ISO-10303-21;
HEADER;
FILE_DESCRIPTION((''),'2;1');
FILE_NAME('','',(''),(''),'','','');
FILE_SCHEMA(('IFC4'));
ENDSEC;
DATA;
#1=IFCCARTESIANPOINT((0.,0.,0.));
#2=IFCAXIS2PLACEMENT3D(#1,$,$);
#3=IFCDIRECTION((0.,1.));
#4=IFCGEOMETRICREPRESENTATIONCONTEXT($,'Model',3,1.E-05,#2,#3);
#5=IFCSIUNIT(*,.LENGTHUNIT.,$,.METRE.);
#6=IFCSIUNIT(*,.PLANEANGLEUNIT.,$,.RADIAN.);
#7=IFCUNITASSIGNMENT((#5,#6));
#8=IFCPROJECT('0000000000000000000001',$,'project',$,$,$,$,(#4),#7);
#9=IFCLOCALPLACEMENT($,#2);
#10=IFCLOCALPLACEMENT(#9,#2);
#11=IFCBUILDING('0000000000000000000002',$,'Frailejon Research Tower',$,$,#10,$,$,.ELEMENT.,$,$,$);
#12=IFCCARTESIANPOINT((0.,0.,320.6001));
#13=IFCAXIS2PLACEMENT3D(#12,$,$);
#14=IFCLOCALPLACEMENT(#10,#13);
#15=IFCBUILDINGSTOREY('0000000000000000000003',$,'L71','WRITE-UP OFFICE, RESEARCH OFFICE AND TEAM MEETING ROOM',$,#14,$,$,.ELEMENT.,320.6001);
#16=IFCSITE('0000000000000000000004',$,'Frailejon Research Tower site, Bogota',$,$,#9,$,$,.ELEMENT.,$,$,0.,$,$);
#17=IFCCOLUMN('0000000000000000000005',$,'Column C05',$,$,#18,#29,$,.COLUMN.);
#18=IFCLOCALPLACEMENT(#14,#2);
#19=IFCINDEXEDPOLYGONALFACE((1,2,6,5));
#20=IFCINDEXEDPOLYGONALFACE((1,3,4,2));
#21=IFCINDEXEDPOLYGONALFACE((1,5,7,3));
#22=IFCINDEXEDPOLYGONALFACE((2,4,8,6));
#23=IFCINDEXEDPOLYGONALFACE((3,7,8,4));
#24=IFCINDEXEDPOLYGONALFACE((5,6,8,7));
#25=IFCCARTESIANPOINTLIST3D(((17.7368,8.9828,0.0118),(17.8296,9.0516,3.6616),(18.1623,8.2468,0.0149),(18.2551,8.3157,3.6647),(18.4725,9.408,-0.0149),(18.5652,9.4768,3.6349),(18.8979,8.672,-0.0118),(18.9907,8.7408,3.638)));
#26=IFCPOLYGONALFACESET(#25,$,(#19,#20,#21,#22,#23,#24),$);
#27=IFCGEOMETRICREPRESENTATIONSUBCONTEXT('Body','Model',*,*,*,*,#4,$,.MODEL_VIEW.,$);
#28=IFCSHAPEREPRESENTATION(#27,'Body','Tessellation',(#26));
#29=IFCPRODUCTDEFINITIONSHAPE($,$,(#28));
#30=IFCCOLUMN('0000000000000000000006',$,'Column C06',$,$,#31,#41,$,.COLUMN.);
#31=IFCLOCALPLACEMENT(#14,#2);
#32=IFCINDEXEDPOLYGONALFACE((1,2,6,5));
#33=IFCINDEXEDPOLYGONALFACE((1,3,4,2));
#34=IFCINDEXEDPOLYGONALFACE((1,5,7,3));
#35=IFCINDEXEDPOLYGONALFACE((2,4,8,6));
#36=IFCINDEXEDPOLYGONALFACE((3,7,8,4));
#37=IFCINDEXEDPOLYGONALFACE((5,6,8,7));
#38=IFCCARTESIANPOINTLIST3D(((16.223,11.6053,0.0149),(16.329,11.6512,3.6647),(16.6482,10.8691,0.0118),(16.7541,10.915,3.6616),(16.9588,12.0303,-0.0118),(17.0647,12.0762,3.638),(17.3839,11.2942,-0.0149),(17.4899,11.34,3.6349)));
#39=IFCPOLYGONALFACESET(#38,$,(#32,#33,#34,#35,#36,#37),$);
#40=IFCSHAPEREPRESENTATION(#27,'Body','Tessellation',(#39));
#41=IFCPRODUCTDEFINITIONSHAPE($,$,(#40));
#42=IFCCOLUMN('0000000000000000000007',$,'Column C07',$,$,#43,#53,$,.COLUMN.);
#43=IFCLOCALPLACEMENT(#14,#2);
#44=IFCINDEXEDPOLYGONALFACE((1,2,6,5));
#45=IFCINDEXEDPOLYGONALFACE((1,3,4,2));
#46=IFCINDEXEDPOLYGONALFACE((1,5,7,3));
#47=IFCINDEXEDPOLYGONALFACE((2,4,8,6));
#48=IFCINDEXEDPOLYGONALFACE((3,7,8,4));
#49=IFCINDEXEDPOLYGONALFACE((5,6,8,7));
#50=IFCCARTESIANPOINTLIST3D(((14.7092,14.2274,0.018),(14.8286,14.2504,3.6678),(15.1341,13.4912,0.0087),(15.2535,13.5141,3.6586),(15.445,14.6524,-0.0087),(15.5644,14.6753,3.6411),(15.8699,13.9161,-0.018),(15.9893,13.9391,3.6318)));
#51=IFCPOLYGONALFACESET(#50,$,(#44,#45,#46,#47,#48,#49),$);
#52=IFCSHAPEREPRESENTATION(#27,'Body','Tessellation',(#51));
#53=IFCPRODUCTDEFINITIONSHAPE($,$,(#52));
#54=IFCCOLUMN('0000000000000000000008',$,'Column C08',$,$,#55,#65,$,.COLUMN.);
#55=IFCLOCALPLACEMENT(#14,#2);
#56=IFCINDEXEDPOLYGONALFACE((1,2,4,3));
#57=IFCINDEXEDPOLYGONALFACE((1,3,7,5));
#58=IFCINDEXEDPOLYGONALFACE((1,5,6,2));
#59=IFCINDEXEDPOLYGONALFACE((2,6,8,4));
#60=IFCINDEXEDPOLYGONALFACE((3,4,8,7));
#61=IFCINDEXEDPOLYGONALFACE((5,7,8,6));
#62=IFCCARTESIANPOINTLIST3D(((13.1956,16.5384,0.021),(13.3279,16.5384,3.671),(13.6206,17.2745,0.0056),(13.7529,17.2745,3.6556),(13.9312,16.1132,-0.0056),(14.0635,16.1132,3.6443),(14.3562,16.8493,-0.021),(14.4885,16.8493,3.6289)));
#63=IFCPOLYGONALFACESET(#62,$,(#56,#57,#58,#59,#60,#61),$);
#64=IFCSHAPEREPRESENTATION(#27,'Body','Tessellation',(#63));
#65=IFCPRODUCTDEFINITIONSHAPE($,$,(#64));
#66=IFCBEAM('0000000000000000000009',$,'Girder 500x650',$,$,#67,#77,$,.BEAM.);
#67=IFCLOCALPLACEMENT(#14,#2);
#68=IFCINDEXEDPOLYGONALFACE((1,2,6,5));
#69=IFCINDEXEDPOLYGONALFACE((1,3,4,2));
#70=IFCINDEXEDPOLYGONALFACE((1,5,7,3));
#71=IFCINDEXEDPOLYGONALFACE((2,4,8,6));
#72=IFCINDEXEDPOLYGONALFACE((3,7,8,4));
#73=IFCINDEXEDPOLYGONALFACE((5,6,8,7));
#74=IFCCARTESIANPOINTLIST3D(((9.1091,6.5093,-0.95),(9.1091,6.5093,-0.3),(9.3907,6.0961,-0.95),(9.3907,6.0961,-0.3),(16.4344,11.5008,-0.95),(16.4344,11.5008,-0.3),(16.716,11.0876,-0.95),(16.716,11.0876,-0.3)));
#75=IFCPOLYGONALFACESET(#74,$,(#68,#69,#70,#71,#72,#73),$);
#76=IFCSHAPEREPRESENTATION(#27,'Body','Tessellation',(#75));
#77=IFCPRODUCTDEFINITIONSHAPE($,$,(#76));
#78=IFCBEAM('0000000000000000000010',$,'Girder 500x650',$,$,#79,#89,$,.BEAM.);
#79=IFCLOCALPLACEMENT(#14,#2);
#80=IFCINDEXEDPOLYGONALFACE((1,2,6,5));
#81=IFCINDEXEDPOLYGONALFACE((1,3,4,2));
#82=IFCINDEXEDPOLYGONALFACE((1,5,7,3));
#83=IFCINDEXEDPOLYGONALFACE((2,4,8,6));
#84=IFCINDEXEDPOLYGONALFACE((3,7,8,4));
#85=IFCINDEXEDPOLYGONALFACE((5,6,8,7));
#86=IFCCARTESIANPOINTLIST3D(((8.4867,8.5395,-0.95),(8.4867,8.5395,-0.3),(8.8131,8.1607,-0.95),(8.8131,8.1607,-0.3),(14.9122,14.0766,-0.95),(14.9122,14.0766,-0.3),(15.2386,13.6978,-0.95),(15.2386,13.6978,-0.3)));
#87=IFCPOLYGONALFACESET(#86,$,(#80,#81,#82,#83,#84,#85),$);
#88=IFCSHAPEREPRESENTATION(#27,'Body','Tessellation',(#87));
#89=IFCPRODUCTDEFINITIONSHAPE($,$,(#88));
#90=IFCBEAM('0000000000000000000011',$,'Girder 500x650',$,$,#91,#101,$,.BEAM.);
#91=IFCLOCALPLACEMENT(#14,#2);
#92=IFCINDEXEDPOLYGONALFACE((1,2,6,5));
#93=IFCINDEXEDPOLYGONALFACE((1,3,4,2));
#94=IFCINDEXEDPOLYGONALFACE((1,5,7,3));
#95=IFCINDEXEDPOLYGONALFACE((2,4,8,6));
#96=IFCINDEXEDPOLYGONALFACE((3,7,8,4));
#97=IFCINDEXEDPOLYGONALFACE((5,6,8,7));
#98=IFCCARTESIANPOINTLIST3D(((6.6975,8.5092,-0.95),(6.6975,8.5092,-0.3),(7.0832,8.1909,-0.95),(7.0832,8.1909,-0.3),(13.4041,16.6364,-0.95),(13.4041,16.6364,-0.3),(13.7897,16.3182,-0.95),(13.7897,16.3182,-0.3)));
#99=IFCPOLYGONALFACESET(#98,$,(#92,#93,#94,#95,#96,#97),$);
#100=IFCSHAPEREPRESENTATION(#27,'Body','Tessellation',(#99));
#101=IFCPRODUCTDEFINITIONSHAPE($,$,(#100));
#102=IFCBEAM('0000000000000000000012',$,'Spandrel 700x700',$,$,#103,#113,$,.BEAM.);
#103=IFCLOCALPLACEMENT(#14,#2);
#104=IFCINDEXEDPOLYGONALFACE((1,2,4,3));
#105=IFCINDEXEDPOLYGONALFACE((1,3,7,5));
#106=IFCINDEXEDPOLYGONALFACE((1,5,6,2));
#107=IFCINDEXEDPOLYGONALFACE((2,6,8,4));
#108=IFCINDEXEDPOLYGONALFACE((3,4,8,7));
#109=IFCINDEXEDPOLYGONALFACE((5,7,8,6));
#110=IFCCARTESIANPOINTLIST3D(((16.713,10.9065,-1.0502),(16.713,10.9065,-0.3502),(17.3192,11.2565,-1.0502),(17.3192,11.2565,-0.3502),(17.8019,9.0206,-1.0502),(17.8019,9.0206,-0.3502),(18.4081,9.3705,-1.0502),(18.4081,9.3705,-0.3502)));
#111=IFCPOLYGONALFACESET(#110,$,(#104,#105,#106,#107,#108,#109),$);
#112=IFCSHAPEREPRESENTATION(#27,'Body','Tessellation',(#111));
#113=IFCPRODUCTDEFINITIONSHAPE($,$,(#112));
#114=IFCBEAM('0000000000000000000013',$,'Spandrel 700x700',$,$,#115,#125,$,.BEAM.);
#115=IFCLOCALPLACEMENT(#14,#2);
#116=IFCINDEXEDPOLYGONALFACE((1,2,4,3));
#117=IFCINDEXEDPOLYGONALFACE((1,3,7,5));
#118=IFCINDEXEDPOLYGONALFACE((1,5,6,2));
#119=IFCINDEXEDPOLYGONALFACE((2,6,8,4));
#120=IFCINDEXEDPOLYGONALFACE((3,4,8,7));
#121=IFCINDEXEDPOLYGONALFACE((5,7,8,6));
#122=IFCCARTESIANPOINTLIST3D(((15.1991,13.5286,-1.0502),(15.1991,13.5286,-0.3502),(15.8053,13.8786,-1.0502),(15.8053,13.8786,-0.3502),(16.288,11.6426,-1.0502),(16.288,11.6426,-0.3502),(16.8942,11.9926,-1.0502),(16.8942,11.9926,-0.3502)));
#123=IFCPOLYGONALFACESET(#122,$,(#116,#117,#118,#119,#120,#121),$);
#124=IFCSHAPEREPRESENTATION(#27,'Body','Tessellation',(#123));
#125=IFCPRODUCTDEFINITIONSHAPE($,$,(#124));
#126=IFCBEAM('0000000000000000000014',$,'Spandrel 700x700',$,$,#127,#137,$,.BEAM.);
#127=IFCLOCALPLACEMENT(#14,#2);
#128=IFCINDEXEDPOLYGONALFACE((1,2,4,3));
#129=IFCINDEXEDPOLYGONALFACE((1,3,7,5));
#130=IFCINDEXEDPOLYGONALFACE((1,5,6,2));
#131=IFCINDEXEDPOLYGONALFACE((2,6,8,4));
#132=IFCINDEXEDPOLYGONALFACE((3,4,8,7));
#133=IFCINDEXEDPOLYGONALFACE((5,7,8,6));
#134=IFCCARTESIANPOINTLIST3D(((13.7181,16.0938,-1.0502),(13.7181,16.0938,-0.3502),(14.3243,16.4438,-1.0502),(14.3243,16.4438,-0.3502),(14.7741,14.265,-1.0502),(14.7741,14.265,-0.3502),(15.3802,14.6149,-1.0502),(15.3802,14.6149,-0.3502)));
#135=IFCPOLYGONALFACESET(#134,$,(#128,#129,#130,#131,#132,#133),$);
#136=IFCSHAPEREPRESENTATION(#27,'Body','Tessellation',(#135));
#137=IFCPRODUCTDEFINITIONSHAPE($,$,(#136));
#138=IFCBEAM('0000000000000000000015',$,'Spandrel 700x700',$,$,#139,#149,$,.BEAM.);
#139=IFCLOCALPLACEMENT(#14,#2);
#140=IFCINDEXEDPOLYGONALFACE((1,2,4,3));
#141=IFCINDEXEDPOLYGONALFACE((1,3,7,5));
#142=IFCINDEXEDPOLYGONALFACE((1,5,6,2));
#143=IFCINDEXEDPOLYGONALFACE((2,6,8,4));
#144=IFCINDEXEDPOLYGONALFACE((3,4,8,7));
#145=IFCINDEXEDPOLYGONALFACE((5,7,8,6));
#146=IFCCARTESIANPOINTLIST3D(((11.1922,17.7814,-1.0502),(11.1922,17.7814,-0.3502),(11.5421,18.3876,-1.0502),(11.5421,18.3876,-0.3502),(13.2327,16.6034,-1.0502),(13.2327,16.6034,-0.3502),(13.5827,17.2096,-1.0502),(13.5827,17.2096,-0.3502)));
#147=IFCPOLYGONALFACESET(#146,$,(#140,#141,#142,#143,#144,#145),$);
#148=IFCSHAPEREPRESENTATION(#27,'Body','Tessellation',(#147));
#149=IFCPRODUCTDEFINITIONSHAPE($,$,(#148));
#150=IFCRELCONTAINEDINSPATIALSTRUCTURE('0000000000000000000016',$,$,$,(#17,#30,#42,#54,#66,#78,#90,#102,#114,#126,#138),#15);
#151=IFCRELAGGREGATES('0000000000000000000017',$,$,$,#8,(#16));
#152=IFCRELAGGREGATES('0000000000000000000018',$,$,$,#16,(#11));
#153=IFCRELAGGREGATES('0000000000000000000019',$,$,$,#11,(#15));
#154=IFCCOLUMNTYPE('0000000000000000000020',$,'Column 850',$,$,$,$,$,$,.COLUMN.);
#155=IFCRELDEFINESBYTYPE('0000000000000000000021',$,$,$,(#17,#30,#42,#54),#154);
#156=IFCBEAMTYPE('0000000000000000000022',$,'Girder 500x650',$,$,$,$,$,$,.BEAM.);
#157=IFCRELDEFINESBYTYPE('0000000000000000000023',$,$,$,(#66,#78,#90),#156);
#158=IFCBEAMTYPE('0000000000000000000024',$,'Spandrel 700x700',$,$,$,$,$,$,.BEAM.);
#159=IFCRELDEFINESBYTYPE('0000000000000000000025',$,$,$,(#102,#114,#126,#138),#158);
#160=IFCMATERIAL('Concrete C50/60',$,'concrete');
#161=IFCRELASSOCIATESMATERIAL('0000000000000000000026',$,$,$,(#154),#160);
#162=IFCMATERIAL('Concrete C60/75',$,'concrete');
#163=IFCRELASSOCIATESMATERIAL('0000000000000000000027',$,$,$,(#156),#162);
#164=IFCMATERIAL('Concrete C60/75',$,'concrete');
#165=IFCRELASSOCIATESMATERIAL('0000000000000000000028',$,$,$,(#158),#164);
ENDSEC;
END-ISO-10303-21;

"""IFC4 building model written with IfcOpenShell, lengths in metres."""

from ifc_helpers import new_model, si_unit, direction, frame, origin, origin_2d, place, context, subcontext, project, spatial, rectangle, extrude, material, material_profile, profile_set, type_object, element, save


model = new_model("IFC4")

# Units and contexts
model_context = context("Model", 3, precision=1e-05, world=origin(), true_north=direction((0.0, 1.0)))
body_context = subcontext(model_context, "Body", "Model", "MODEL_VIEW")
ifc_project = project(units=[si_unit("LENGTHUNIT", "METRE"), si_unit("PLANEANGLEUNIT", "RADIAN")], contexts=[model_context])

# Site, building, storey
site_placement = place(None, origin())
site = spatial("IfcSite", under=ifc_project, at=site_placement, Name="Frailejon Research Tower site, Bogota", CompositionType="ELEMENT", RefElevation=0.0)
building_placement = place(site_placement, origin())
building = spatial("IfcBuilding", under=site, at=building_placement, Name="Frailejon Research Tower", CompositionType="ELEMENT")
storey_placement = place(building_placement, frame((0.0, 0.0, 320.6001)))
storey = spatial("IfcBuildingStorey", under=building, at=storey_placement, Name="L71", Description="WRITE-UP OFFICE, RESEARCH OFFICE AND TEAM MEETING ROOM", CompositionType="ELEMENT", Elevation=320.6001)

# Columns
ifc_material_1 = material(Name="Concrete C50/60", Category="concrete")
ifc_material_profile_1 = material_profile(ifc_material_1, rectangle(XDim=0.8501, YDim=0.8501, at=origin_2d()), Name="Column 850")
ifc_profile_set_1 = profile_set([ifc_material_profile_1], Name="Concrete C50/60")
column_type = type_object("IfcColumnType", Name="Column 850", PredefinedType="COLUMN", material=ifc_profile_set_1)
for number, where, z_axis, x_axis, name in (
    (1, (18.3174, 8.8274, 0.0), (0.025405, 0.018853, 0.999499), (-0.500492, 0.865734, -0.003609), "Column C05"),
    (2, (16.8035, 11.4497, 0.0), (0.029016, 0.012569, 0.9995), (-0.500121, 0.865948, 0.003629), "Column C06"),
):
    element("IfcColumn", number, at=place(storey_placement, frame(where, z_axis=z_axis, x_axis=x_axis)), inside=storey, type_object=column_type, Name=name, PredefinedType="COLUMN", context=body_context, shape_type="SweptSolid", body=[
        extrude(rectangle(XDim=0.8501, YDim=0.8501, at=origin_2d()), origin(), (0.0, 0.0, 1.0), 3.6516),
    ])
column_1_placement = place(storey_placement, frame((15.2896, 14.0718, 0.0), z_axis=(0.032691, 0.006284, 0.999446), x_axis=(-0.499829, 0.866055, 0.010903)))
element("IfcColumn", 3, at=column_1_placement, inside=storey, type_object=column_type, Name="Column C07", PredefinedType="COLUMN", context=body_context, shape_type="SweptSolid", body=[
    extrude(rectangle(XDim=0.8501, YDim=0.8501, at=origin_2d()), origin(), (0.0, 0.0, 1.0), 3.6519),
])
column_2_placement = place(storey_placement, frame((13.7759, 16.6938, 0.0), z_axis=(0.03623, 0.0, 0.999343), x_axis=(-0.865315, 0.500246, 0.031371)))
element("IfcColumn", 4, at=column_2_placement, inside=storey, type_object=column_type, Name="Column C08", PredefinedType="COLUMN", context=body_context, shape_type="SweptSolid", body=[
    extrude(rectangle(XDim=0.8501, YDim=0.8501, at=origin_2d()), origin(), (0.0, 0.0, 1.0), 3.6523),
])

# Beams
ifc_material_2 = material(Name="Concrete C60/75", Category="concrete")
ifc_material_profile_2 = material_profile(ifc_material_2, rectangle(XDim=0.5, YDim=0.6499, at=origin_2d()), Name="Girder 500x650")
ifc_profile_set_2 = profile_set([ifc_material_profile_2], Name="Concrete C60/75")
beam_type_1 = type_object("IfcBeamType", Name="Girder 500x650", PredefinedType="BEAM", material=ifc_profile_set_2)
beam_1_placement = place(storey_placement, frame((16.5752, 11.2942, -0.625), z_axis=(-0.826385, -0.563106, 0.0), x_axis=(0.563106, -0.826385, 0.0)))
element("IfcBeam", 5, at=beam_1_placement, inside=storey, type_object=beam_type_1, Name="Girder 500x650", PredefinedType="BEAM", context=body_context, shape_type="SweptSolid", body=[
    extrude(rectangle(XDim=0.5, YDim=0.6499, at=origin_2d()), origin(), (0.0, 0.0, 1.0), 8.8643),
])
beam_2_placement = place(storey_placement, frame((15.0754, 13.8872, -0.625), z_axis=(-0.757535, -0.652794, 0.0), x_axis=(0.652794, -0.757535, 0.0)))
element("IfcBeam", 6, at=beam_2_placement, inside=storey, type_object=beam_type_1, Name="Girder 500x650", PredefinedType="BEAM", context=body_context, shape_type="SweptSolid", body=[
    extrude(rectangle(XDim=0.5, YDim=0.6499, at=origin_2d()), origin(), (0.0, 0.0, 1.0), 8.4822),
])
beam_3_placement = place(storey_placement, frame((13.5969, 16.4773, -0.625), z_axis=(-0.636474, -0.771298, 0.0), x_axis=(0.771298, -0.636474, 0.0)))
element("IfcBeam", 7, at=beam_3_placement, inside=storey, type_object=beam_type_1, Name="Girder 500x650", PredefinedType="BEAM", context=body_context, shape_type="SweptSolid", body=[
    extrude(rectangle(XDim=0.5, YDim=0.6499, at=origin_2d()), origin(), (0.0, 0.0, 1.0), 10.5371),
])
ifc_material_3 = material(Name="Concrete C60/75", Category="concrete")
ifc_material_profile_3 = material_profile(ifc_material_3, rectangle(XDim=0.7, YDim=0.7, at=origin_2d()), Name="Spandrel 700x700")
ifc_profile_set_3 = profile_set([ifc_material_profile_3], Name="Concrete C60/75")
beam_type_2 = type_object("IfcBeamType", Name="Spandrel 700x700", PredefinedType="BEAM", material=ifc_profile_set_3)
for number, where, z_axis, x_axis, name in (
    (8, (18.105, 9.1956, -0.7002), (-0.499997, 0.866027, 0.0), (-0.866027, -0.499997, 0.0), "Spandrel 700x700"),
    (9, (16.5911, 11.8176, -0.7002), (-0.499997, 0.866027, 0.0), (-0.866027, -0.499997, 0.0), "Spandrel 700x700"),
):
    element("IfcBeam", number, at=place(storey_placement, frame(where, z_axis=z_axis, x_axis=x_axis)), inside=storey, type_object=beam_type_2, Name=name, PredefinedType="BEAM", context=body_context, shape_type="SweptSolid", body=[
        extrude(rectangle(XDim=0.7, YDim=0.7, at=origin_2d()), origin(), (0.0, 0.0, 1.0), 2.1777),
    ])
beam_4_placement = place(storey_placement, frame((15.0771, 14.4399, -0.7002), z_axis=(-0.500006, 0.866022, 0.0), x_axis=(-0.866022, -0.500006, 0.0)))
element("IfcBeam", 10, at=beam_4_placement, inside=storey, type_object=beam_type_2, Name="Spandrel 700x700", PredefinedType="BEAM", context=body_context, shape_type="SweptSolid", body=[
    extrude(rectangle(XDim=0.7, YDim=0.7, at=origin_2d()), origin(), (0.0, 0.0, 1.0), 2.1118),
])
beam_5_placement = place(storey_placement, frame((13.4077, 16.9065, -0.7002), z_axis=(-0.866048, 0.499962, 0.0), x_axis=(-0.499962, -0.866048, 0.0)))
element("IfcBeam", 11, at=beam_5_placement, inside=storey, type_object=beam_type_2, Name="Spandrel 700x700", PredefinedType="BEAM", context=body_context, shape_type="SweptSolid", body=[
    extrude(rectangle(XDim=0.7, YDim=0.7, at=origin_2d()), origin(), (0.0, 0.0, 1.0), 2.3562),
])

save(model, "model.ifc")
